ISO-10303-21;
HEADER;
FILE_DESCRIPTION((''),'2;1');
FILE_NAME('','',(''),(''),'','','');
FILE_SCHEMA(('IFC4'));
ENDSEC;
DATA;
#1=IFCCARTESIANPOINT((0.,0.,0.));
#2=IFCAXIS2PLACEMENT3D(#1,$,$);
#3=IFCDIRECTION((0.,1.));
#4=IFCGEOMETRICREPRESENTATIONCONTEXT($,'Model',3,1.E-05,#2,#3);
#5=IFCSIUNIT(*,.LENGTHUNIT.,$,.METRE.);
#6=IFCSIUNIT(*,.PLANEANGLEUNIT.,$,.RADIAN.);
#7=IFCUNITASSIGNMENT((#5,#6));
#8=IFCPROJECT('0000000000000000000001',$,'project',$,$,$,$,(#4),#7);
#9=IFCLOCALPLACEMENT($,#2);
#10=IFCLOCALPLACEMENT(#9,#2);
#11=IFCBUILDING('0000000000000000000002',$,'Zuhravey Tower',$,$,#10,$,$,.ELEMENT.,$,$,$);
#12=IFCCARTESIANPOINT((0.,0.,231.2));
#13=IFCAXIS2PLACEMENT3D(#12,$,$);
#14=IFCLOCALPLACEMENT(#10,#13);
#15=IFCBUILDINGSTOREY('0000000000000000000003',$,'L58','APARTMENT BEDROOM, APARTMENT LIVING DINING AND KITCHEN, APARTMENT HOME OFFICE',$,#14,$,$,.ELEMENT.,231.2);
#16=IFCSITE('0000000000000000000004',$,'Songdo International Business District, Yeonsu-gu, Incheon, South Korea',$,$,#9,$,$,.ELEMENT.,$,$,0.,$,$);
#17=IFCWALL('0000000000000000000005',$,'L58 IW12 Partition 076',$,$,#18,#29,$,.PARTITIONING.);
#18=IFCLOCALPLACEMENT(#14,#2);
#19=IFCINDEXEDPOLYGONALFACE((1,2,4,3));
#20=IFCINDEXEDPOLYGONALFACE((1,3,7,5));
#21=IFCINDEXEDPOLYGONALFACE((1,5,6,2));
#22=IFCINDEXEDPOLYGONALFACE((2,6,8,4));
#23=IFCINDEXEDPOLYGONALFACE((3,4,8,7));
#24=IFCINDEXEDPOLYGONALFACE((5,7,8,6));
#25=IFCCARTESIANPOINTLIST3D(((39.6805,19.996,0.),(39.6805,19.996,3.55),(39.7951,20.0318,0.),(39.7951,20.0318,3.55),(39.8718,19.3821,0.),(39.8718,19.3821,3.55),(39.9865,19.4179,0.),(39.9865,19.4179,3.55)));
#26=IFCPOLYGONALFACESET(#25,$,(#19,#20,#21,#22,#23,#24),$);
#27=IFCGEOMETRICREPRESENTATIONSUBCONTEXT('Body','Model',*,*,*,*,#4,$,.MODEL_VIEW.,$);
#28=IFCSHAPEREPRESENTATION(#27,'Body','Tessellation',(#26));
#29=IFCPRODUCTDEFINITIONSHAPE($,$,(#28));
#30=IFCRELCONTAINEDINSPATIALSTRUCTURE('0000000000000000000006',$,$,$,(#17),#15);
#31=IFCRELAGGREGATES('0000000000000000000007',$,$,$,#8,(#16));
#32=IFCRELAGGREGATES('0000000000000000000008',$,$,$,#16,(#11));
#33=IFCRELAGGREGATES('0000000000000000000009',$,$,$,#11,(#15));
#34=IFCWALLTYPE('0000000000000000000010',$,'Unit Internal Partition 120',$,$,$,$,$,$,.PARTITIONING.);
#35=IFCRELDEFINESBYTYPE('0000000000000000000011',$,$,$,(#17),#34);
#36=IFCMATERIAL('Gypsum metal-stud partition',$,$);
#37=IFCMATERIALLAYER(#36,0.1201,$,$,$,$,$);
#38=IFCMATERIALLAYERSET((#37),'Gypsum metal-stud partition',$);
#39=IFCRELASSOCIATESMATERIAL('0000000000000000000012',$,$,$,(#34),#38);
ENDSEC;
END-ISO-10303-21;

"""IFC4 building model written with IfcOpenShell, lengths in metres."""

from ifc_helpers import new_model, si_unit, direction, frame, frame_2d, origin, place, context, subcontext, project, spatial, rectangle, extrude, material, layer, layer_set, type_object, element, save


model = new_model("IFC4")

# Units and contexts
model_context = context("Model", 3, precision=1e-05, world=origin(), true_north=direction((0.0, 1.0)))
body_context = subcontext(model_context, "Body", "Model", "MODEL_VIEW")
ifc_project = project(units=[si_unit("LENGTHUNIT", "METRE"), si_unit("PLANEANGLEUNIT", "RADIAN")], contexts=[model_context])

# Site, building, storey
site_placement = place(None, origin())
site = spatial("IfcSite", under=ifc_project, at=site_placement, Name="Songdo International Business District, Yeonsu-gu, Incheon, South Korea", CompositionType="ELEMENT", RefElevation=0.0)
building_placement = place(site_placement, origin())
building = spatial("IfcBuilding", under=site, at=building_placement, Name="Zuhravey Tower", CompositionType="ELEMENT")
storey_placement = place(building_placement, frame((0.0, 0.0, 231.2)))
storey = spatial("IfcBuildingStorey", under=building, at=storey_placement, Name="L58", Description="APARTMENT BEDROOM, APARTMENT LIVING DINING AND KITCHEN, APARTMENT HOME OFFICE", CompositionType="ELEMENT", Elevation=231.2)

# Wall
ifc_material_1 = material(Name="Gypsum metal-stud partition")
ifc_layer_1 = layer(ifc_material_1, 0.1201)
ifc_layer_set_1 = layer_set([ifc_layer_1], Name="Gypsum metal-stud partition")
wall_type_1 = type_object("IfcWallType", Name="Unit Internal Partition 120", PredefinedType="PARTITIONING", material=ifc_layer_set_1)
wall_1_placement = place(storey_placement, frame((39.7378, 20.0139, 0.0), z_axis=(0.0, 0.0, 1.0), x_axis=(0.297605, -0.954689, 0.0)))
element("IfcWall", 1, at=wall_1_placement, inside=storey, type_object=wall_type_1, Name="L58 IW12 Partition 076", PredefinedType="PARTITIONING", context=body_context, shape_type="SweptSolid", body=[
    extrude(rectangle(XDim=0.6431, YDim=0.1201, at=frame_2d((0.3215, 0.0))), origin(), (0.0, 0.0, 1.0), 3.55),
])

save(model, "model.ifc")
